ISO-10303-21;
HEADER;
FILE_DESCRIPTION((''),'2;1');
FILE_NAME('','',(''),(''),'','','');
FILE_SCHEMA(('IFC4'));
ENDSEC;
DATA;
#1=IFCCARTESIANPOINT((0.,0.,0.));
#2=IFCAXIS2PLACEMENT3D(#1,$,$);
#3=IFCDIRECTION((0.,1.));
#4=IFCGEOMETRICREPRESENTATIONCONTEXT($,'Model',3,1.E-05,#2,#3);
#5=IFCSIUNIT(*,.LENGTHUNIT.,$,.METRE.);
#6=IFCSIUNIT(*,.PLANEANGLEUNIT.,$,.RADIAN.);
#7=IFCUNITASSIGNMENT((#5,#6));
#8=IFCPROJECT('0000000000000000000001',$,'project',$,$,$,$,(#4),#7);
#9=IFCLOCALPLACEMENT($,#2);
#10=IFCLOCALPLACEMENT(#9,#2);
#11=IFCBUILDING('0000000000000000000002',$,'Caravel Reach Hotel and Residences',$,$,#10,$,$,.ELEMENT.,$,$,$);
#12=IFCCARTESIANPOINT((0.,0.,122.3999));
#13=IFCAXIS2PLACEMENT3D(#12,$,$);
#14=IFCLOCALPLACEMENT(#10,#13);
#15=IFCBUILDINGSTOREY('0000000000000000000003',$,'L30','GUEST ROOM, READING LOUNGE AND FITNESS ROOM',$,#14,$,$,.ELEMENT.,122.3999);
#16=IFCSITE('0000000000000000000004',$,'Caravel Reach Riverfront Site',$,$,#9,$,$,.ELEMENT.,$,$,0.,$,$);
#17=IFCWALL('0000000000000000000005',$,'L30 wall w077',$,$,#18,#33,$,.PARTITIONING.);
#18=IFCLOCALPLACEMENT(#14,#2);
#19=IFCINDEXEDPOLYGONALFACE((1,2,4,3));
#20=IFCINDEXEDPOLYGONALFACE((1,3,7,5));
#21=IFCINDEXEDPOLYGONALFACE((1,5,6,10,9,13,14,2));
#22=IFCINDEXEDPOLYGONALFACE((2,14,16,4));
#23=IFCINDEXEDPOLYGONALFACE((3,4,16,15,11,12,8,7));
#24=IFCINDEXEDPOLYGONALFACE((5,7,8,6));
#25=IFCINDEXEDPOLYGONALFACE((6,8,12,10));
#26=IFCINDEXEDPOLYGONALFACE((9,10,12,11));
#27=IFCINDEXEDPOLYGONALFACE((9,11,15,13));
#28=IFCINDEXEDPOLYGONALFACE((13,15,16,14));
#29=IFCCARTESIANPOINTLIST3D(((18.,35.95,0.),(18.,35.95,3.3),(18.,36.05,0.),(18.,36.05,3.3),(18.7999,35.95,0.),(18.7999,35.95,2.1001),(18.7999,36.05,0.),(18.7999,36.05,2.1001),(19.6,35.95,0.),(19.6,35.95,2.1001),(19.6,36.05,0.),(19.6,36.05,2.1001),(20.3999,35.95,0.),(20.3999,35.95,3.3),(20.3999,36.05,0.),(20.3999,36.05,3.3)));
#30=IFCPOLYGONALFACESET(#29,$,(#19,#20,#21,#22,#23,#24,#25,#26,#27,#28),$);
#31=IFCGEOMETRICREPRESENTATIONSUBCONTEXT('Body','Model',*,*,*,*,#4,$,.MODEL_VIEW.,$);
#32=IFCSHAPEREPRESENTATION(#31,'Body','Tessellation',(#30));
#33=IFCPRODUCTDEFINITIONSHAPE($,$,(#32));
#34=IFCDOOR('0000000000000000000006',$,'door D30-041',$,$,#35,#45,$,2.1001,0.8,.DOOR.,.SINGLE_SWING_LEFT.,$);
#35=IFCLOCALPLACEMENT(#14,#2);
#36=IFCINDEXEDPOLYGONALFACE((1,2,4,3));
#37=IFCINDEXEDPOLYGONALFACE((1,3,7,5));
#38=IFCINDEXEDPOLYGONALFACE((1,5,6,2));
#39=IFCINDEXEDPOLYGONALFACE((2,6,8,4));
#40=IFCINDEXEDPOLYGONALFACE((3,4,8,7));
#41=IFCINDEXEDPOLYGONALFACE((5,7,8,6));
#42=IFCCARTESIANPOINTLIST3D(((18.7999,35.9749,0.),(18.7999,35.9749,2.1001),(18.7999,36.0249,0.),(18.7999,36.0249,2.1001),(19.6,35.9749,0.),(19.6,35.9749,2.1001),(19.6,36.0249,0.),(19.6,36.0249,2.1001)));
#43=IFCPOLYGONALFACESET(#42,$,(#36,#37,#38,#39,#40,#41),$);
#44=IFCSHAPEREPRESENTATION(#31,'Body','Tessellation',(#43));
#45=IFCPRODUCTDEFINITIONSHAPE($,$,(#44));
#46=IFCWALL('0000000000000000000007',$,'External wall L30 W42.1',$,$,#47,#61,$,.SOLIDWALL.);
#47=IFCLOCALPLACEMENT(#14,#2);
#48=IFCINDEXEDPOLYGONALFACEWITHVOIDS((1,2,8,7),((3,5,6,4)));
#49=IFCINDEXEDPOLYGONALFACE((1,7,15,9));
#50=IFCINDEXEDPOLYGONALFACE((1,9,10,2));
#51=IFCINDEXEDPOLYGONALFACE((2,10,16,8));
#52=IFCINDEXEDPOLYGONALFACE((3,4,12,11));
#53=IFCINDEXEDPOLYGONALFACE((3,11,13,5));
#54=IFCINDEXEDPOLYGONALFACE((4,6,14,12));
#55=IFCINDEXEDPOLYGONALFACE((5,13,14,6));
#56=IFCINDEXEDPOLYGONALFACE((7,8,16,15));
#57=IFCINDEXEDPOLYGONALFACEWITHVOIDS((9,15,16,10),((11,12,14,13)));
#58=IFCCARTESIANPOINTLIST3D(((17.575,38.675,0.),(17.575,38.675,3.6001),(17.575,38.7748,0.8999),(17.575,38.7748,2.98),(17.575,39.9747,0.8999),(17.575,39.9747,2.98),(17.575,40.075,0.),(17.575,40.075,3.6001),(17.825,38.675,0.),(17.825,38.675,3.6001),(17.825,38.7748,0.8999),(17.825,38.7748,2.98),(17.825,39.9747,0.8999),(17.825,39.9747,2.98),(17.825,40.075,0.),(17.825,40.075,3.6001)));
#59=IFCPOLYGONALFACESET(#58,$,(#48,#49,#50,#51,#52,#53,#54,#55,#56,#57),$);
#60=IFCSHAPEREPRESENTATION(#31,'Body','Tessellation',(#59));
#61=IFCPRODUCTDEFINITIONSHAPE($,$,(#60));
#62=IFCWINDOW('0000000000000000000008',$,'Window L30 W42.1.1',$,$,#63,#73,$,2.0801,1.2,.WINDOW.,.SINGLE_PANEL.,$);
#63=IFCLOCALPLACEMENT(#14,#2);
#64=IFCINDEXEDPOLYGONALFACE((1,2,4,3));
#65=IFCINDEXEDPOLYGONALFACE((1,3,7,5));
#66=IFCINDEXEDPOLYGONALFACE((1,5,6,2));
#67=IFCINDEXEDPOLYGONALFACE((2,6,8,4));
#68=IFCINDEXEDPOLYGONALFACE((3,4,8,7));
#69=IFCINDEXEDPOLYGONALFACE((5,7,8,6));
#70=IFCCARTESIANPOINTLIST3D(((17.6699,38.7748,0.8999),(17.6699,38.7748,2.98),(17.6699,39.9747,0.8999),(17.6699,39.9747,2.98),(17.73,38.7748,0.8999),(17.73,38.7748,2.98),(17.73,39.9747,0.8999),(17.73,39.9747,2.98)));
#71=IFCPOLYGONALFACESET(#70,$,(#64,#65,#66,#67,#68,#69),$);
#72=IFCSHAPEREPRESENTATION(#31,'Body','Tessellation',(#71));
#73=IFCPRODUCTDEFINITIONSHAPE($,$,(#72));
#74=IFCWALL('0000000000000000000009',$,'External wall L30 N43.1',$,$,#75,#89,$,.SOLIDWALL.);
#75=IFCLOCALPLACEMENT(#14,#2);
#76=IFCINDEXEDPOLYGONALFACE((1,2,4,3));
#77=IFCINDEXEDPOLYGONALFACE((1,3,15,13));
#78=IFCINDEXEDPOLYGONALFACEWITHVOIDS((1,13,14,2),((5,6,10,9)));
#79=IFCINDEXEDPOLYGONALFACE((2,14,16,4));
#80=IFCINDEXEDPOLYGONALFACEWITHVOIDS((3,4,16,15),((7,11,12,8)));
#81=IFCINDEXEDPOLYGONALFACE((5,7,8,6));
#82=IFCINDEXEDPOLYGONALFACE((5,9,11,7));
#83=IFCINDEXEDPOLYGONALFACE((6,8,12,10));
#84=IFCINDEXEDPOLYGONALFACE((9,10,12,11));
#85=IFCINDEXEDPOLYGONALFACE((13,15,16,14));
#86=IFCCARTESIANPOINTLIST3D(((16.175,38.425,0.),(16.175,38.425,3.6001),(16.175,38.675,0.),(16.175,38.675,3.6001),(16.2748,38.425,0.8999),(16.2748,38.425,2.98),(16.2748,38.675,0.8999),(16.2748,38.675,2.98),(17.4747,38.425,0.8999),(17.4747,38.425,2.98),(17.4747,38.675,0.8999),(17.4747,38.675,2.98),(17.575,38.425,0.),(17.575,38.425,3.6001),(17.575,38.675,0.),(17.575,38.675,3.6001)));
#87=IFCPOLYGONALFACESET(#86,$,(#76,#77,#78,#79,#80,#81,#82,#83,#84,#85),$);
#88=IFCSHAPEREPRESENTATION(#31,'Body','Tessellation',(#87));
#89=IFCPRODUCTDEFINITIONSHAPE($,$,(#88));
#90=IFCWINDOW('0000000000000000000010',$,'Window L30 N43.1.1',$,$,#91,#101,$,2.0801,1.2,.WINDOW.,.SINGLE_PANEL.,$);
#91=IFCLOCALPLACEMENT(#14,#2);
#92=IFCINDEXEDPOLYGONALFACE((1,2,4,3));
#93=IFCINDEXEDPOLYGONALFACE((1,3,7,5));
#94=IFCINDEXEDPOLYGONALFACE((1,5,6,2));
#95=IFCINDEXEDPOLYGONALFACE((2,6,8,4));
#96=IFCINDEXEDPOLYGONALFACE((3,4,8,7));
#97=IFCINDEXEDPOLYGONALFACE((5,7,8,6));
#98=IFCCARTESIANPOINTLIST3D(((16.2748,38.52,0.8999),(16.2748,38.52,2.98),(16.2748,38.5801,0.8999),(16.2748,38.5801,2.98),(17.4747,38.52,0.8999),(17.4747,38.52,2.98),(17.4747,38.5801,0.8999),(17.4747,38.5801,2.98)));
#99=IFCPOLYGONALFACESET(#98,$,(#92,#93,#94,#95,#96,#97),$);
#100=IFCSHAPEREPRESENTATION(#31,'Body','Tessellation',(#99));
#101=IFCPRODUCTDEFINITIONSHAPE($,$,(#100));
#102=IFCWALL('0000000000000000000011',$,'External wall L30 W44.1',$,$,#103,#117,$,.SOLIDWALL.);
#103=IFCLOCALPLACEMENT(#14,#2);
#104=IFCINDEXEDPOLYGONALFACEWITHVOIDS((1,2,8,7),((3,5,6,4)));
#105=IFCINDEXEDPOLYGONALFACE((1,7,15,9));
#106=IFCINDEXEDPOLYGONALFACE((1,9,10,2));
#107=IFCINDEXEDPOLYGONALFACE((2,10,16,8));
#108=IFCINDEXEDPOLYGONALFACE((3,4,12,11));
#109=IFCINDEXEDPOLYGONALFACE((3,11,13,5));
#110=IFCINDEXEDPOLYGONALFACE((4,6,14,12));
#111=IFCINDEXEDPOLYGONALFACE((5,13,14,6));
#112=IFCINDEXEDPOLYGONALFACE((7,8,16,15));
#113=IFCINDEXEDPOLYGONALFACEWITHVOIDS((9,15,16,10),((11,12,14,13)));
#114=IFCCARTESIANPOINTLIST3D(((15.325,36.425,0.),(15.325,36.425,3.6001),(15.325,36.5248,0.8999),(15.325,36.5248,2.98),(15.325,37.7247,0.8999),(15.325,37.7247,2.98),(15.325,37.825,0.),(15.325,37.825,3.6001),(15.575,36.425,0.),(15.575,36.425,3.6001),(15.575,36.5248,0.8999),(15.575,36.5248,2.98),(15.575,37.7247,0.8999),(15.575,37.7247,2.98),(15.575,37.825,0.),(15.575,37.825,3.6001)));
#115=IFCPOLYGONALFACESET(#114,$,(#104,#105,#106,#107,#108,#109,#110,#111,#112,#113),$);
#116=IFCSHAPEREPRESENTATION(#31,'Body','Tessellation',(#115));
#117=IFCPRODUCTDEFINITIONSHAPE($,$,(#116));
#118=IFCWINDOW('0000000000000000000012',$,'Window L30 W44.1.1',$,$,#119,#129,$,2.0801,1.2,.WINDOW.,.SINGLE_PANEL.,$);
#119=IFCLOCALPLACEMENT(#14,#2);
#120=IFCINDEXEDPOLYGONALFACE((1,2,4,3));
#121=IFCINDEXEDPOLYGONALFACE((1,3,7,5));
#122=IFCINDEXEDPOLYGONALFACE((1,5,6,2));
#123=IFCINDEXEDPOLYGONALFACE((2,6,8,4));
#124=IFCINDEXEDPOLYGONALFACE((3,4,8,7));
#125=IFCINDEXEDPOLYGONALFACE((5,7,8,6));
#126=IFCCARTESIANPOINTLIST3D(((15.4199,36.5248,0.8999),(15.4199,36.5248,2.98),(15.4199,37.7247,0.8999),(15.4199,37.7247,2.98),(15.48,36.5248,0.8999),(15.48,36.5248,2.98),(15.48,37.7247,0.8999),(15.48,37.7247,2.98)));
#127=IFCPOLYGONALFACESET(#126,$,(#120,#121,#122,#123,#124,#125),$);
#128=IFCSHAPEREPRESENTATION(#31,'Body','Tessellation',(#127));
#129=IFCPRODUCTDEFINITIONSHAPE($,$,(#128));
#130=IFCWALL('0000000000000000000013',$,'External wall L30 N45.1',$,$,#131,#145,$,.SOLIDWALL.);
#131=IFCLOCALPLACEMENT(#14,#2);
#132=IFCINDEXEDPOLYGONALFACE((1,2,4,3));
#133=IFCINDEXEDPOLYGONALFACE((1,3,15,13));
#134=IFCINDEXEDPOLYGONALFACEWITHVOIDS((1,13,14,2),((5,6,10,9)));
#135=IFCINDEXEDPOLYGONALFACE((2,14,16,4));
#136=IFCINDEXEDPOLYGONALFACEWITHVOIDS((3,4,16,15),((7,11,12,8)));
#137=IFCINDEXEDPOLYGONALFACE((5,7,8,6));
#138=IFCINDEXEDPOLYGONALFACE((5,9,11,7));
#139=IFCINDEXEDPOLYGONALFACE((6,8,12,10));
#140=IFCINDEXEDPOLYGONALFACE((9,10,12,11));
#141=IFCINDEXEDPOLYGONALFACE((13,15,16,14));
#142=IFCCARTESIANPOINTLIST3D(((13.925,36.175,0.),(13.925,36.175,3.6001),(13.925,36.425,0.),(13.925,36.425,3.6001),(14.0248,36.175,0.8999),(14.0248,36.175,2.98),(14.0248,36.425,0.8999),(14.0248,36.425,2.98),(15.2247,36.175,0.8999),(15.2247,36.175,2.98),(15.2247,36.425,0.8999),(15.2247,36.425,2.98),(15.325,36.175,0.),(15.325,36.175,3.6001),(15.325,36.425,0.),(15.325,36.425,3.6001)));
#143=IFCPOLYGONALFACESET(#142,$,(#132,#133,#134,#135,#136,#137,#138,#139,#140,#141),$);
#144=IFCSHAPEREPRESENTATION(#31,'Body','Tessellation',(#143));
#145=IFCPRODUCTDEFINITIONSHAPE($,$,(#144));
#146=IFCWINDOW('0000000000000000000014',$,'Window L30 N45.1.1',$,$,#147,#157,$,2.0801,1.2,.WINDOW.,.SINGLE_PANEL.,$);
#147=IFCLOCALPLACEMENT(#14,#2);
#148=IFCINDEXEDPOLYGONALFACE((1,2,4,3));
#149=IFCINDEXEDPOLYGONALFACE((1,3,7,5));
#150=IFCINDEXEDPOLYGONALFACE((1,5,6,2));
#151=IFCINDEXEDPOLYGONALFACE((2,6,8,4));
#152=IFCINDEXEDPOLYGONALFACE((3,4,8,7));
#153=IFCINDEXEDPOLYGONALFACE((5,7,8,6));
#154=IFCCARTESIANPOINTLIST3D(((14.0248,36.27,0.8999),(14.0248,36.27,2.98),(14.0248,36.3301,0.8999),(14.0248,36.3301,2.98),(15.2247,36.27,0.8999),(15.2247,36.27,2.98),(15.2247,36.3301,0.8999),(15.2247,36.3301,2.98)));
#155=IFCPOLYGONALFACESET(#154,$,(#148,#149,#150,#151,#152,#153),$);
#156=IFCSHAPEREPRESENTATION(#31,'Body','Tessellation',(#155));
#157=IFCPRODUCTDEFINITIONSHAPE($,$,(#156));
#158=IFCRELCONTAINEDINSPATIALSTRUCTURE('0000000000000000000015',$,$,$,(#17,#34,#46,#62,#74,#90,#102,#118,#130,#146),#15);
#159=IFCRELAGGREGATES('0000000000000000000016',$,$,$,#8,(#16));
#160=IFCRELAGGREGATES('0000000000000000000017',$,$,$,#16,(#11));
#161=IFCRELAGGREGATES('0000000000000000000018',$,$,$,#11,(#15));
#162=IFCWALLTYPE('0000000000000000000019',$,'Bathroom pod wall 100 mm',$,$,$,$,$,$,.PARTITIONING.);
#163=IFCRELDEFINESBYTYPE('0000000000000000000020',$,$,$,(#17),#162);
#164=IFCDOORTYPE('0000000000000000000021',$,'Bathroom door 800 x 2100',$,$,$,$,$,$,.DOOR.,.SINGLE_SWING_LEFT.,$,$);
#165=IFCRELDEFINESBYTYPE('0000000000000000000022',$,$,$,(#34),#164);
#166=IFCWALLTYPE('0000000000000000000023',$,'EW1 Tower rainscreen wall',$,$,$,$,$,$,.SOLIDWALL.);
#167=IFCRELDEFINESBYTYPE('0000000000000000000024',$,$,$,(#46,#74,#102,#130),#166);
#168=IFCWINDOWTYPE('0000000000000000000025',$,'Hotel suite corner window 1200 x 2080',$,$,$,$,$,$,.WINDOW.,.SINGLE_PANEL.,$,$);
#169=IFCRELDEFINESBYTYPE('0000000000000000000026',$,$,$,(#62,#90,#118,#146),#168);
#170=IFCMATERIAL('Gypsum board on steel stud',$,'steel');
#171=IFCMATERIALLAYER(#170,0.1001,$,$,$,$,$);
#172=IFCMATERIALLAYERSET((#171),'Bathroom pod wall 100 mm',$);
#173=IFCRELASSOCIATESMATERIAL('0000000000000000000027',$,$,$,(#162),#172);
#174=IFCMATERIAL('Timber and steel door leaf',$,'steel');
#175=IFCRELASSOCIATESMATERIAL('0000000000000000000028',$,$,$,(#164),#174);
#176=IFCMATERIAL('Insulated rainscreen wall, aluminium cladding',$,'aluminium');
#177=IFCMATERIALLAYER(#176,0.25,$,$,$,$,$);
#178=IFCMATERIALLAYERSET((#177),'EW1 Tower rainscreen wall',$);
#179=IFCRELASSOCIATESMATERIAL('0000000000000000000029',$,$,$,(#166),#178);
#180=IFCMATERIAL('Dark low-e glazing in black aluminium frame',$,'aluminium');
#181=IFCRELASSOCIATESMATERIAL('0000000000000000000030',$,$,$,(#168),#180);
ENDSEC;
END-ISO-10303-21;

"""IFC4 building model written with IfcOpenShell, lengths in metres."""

from ifc_helpers import new_model, si_unit, direction, frame, frame_2d, origin, place, context, subcontext, project, spatial, rectangle, extrude, material, layer, layer_set, type_object, element, fill, save


model = new_model("IFC4")

# Units and contexts
model_context = context("Model", 3, precision=1e-05, world=origin(), true_north=direction((0.0, 1.0)))
body_context = subcontext(model_context, "Body", "Model", "MODEL_VIEW")
ifc_project = project(units=[si_unit("LENGTHUNIT", "METRE"), si_unit("PLANEANGLEUNIT", "RADIAN")], contexts=[model_context])

# Site, building, storey
site_placement = place(None, origin())
site = spatial("IfcSite", under=ifc_project, at=site_placement, Name="Caravel Reach Riverfront Site", CompositionType="ELEMENT", RefElevation=0.0)
building_placement = place(site_placement, origin())
building = spatial("IfcBuilding", under=site, at=building_placement, Name="Caravel Reach Hotel and Residences", CompositionType="ELEMENT")
storey_placement = place(building_placement, frame((0.0, 0.0, 122.3999)))
storey = spatial("IfcBuildingStorey", under=building, at=storey_placement, Name="L30", Description="GUEST ROOM, READING LOUNGE AND FITNESS ROOM", CompositionType="ELEMENT", Elevation=122.3999)

# Wall, opening, door
ifc_material_1 = material(Name="Gypsum board on steel stud", Category="steel")
ifc_layer_1 = layer(ifc_material_1, 0.1001)
ifc_layer_set_1 = layer_set([ifc_layer_1], Name="Bathroom pod wall 100 mm")
wall_type_1 = type_object("IfcWallType", Name="Bathroom pod wall 100 mm", PredefinedType="PARTITIONING", material=ifc_layer_set_1)
wall_1_placement = place(storey_placement, frame((18.0, 36.0, 0.0), z_axis=(0.0, 0.0, 1.0), x_axis=(1.0, 0.0, 0.0)))
wall_1 = element("IfcWall", 1, at=wall_1_placement, inside=storey, type_object=wall_type_1, Name="L30 wall w077", PredefinedType="PARTITIONING", context=body_context, shape_type="SweptSolid", body=[
    extrude(rectangle(XDim=2.3999, YDim=0.1001, at=frame_2d((1.2, 0.0))), origin(), (0.0, 0.0, 1.0), 3.3),
])
opening_1_placement = place(wall_1_placement, frame((0.8, 0.0, 0.0)))
opening_1 = element("IfcOpeningElement", 2, at=opening_1_placement, cuts=wall_1, PredefinedType="OPENING", context=body_context, shape_type="SweptSolid", body=[
    extrude(rectangle(XDim=0.8, YDim=2.1001, at=frame_2d((0.3999, 1.05))), frame((0.0, 0.0601, 0.0), z_axis=(0.0, -1.0, 0.0), x_axis=(1.0, 0.0, 0.0)), (0.0, 0.0, 1.0), 0.1201),
])
ifc_material_2 = material(Name="Timber and steel door leaf", Category="steel")
door_type = type_object("IfcDoorType", Name="Bathroom door 800 x 2100", OperationType="SINGLE_SWING_LEFT", PredefinedType="DOOR", material=ifc_material_2)
door_placement = place(opening_1_placement, origin())
door = element("IfcDoor", 3, at=door_placement, inside=storey, type_object=door_type, Name="door D30-041", OperationType="SINGLE_SWING_LEFT", OverallHeight=2.1001, OverallWidth=0.8, PredefinedType="DOOR", context=body_context, shape_type="SweptSolid", body=[
    extrude(rectangle(XDim=0.8, YDim=2.1001, at=frame_2d((0.3999, 1.05))), frame((0.0, 0.0249, 0.0), z_axis=(0.0, -1.0, 0.0), x_axis=(1.0, 0.0, 0.0)), (0.0, 0.0, 1.0), 0.05),
])
fill(opening_1, door)

# Walls, openings, windows
ifc_material_3 = material(Name="Insulated rainscreen wall, aluminium cladding", Category="aluminium")
ifc_layer_2 = layer(ifc_material_3, 0.25)
ifc_layer_set_2 = layer_set([ifc_layer_2], Name="EW1 Tower rainscreen wall")
wall_type_2 = type_object("IfcWallType", Name="EW1 Tower rainscreen wall", PredefinedType="SOLIDWALL", material=ifc_layer_set_2)
wall_2_placement = place(storey_placement, frame((17.7, 40.075, 0.0), z_axis=(0.0, 0.0, 1.0), x_axis=(0.0, -1.0, 0.0)))
wall_2 = element("IfcWall", 4, at=wall_2_placement, inside=storey, type_object=wall_type_2, Name="External wall L30 W42.1", PredefinedType="SOLIDWALL", context=body_context, shape_type="SweptSolid", body=[
    extrude(rectangle(XDim=1.3999, YDim=0.25, at=frame_2d((0.7, 0.0))), origin(), (0.0, 0.0, 1.0), 3.6001),
])
opening_2_placement = place(wall_2_placement, frame((0.1001, 0.0, 0.8999)))
opening_2 = element("IfcOpeningElement", 5, at=opening_2_placement, cuts=wall_2, PredefinedType="OPENING", context=body_context, shape_type="SweptSolid", body=[
    extrude(rectangle(XDim=1.2, YDim=2.0801, at=frame_2d((0.6001, 1.04))), frame((0.0, 0.135, 0.0), z_axis=(0.0, -1.0, 0.0), x_axis=(1.0, 0.0, 0.0)), (0.0, 0.0, 1.0), 0.27),
])
ifc_material_4 = material(Name="Dark low-e glazing in black aluminium frame", Category="aluminium")
window_type = type_object("IfcWindowType", Name="Hotel suite corner window 1200 x 2080", PartitioningType="SINGLE_PANEL", PredefinedType="WINDOW", material=ifc_material_4)
window_1_placement = place(opening_2_placement, origin())
window_1 = element("IfcWindow", 6, at=window_1_placement, inside=storey, type_object=window_type, Name="Window L30 W42.1.1", OverallHeight=2.0801, OverallWidth=1.2, PartitioningType="SINGLE_PANEL", PredefinedType="WINDOW", context=body_context, shape_type="SweptSolid", body=[
    extrude(rectangle(XDim=1.2, YDim=2.0801, at=frame_2d((0.6001, 1.04))), frame((0.0, 0.03, 0.0), z_axis=(0.0, -1.0, 0.0), x_axis=(1.0, 0.0, 0.0)), (0.0, 0.0, 1.0), 0.0601),
])
fill(opening_2, window_1)
wall_3_placement = place(storey_placement, frame((17.575, 38.55, 0.0), z_axis=(0.0, 0.0, 1.0), x_axis=(-1.0, 0.0, 0.0)))
wall_3 = element("IfcWall", 7, at=wall_3_placement, inside=storey, type_object=wall_type_2, Name="External wall L30 N43.1", PredefinedType="SOLIDWALL", context=body_context, shape_type="SweptSolid", body=[
    extrude(rectangle(XDim=1.3999, YDim=0.25, at=frame_2d((0.7, 0.0))), origin(), (0.0, 0.0, 1.0), 3.6001),
])
opening_3_placement = place(wall_3_placement, frame((0.1001, 0.0, 0.8999)))
opening_3 = element("IfcOpeningElement", 8, at=opening_3_placement, cuts=wall_3, PredefinedType="OPENING", context=body_context, shape_type="SweptSolid", body=[
    extrude(rectangle(XDim=1.2, YDim=2.0801, at=frame_2d((0.6001, 1.04))), frame((0.0, 0.135, 0.0), z_axis=(0.0, -1.0, 0.0), x_axis=(1.0, 0.0, 0.0)), (0.0, 0.0, 1.0), 0.27),
])
window_2_placement = place(opening_3_placement, origin())
window_2 = element("IfcWindow", 9, at=window_2_placement, inside=storey, type_object=window_type, Name="Window L30 N43.1.1", OverallHeight=2.0801, OverallWidth=1.2, PartitioningType="SINGLE_PANEL", PredefinedType="WINDOW", context=body_context, shape_type="SweptSolid", body=[
    extrude(rectangle(XDim=1.2, YDim=2.0801, at=frame_2d((0.6001, 1.04))), frame((0.0, 0.03, 0.0), z_axis=(0.0, -1.0, 0.0), x_axis=(1.0, 0.0, 0.0)), (0.0, 0.0, 1.0), 0.0601),
])
fill(opening_3, window_2)
wall_4_placement = place(storey_placement, frame((15.45, 37.825, 0.0), z_axis=(0.0, 0.0, 1.0), x_axis=(0.0, -1.0, 0.0)))
wall_4 = element("IfcWall", 10, at=wall_4_placement, inside=storey, type_object=wall_type_2, Name="External wall L30 W44.1", PredefinedType="SOLIDWALL", context=body_context, shape_type="SweptSolid", body=[
    extrude(rectangle(XDim=1.3999, YDim=0.25, at=frame_2d((0.7, 0.0))), origin(), (0.0, 0.0, 1.0), 3.6001),
])
opening_4_placement = place(wall_4_placement, frame((0.1001, 0.0, 0.8999)))
opening_4 = element("IfcOpeningElement", 11, at=opening_4_placement, cuts=wall_4, PredefinedType="OPENING", context=body_context, shape_type="SweptSolid", body=[
    extrude(rectangle(XDim=1.2, YDim=2.0801, at=frame_2d((0.6001, 1.04))), frame((0.0, 0.135, 0.0), z_axis=(0.0, -1.0, 0.0), x_axis=(1.0, 0.0, 0.0)), (0.0, 0.0, 1.0), 0.27),
])
window_3_placement = place(opening_4_placement, origin())
window_3 = element("IfcWindow", 12, at=window_3_placement, inside=storey, type_object=window_type, Name="Window L30 W44.1.1", OverallHeight=2.0801, OverallWidth=1.2, PartitioningType="SINGLE_PANEL", PredefinedType="WINDOW", context=body_context, shape_type="SweptSolid", body=[
    extrude(rectangle(XDim=1.2, YDim=2.0801, at=frame_2d((0.6001, 1.04))), frame((0.0, 0.03, 0.0), z_axis=(0.0, -1.0, 0.0), x_axis=(1.0, 0.0, 0.0)), (0.0, 0.0, 1.0), 0.0601),
])
fill(opening_4, window_3)
wall_5_placement = place(storey_placement, frame((15.325, 36.3, 0.0), z_axis=(0.0, 0.0, 1.0), x_axis=(-1.0, 0.0, 0.0)))
wall_5 = element("IfcWall", 13, at=wall_5_placement, inside=storey, type_object=wall_type_2, Name="External wall L30 N45.1", PredefinedType="SOLIDWALL", context=body_context, shape_type="SweptSolid", body=[
    extrude(rectangle(XDim=1.3999, YDim=0.25, at=frame_2d((0.7, 0.0))), origin(), (0.0, 0.0, 1.0), 3.6001),
])
opening_5_placement = place(wall_5_placement, frame((0.1001, 0.0, 0.8999)))
opening_5 = element("IfcOpeningElement", 14, at=opening_5_placement, cuts=wall_5, PredefinedType="OPENING", context=body_context, shape_type="SweptSolid", body=[
    extrude(rectangle(XDim=1.2, YDim=2.0801, at=frame_2d((0.6001, 1.04))), frame((0.0, 0.135, 0.0), z_axis=(0.0, -1.0, 0.0), x_axis=(1.0, 0.0, 0.0)), (0.0, 0.0, 1.0), 0.27),
])
window_4_placement = place(opening_5_placement, origin())
window_4 = element("IfcWindow", 15, at=window_4_placement, inside=storey, type_object=window_type, Name="Window L30 N45.1.1", OverallHeight=2.0801, OverallWidth=1.2, PartitioningType="SINGLE_PANEL", PredefinedType="WINDOW", context=body_context, shape_type="SweptSolid", body=[
    extrude(rectangle(XDim=1.2, YDim=2.0801, at=frame_2d((0.6001, 1.04))), frame((0.0, 0.03, 0.0), z_axis=(0.0, -1.0, 0.0), x_axis=(1.0, 0.0, 0.0)), (0.0, 0.0, 1.0), 0.0601),
])
fill(opening_5, window_4)

save(model, "model.ifc")
